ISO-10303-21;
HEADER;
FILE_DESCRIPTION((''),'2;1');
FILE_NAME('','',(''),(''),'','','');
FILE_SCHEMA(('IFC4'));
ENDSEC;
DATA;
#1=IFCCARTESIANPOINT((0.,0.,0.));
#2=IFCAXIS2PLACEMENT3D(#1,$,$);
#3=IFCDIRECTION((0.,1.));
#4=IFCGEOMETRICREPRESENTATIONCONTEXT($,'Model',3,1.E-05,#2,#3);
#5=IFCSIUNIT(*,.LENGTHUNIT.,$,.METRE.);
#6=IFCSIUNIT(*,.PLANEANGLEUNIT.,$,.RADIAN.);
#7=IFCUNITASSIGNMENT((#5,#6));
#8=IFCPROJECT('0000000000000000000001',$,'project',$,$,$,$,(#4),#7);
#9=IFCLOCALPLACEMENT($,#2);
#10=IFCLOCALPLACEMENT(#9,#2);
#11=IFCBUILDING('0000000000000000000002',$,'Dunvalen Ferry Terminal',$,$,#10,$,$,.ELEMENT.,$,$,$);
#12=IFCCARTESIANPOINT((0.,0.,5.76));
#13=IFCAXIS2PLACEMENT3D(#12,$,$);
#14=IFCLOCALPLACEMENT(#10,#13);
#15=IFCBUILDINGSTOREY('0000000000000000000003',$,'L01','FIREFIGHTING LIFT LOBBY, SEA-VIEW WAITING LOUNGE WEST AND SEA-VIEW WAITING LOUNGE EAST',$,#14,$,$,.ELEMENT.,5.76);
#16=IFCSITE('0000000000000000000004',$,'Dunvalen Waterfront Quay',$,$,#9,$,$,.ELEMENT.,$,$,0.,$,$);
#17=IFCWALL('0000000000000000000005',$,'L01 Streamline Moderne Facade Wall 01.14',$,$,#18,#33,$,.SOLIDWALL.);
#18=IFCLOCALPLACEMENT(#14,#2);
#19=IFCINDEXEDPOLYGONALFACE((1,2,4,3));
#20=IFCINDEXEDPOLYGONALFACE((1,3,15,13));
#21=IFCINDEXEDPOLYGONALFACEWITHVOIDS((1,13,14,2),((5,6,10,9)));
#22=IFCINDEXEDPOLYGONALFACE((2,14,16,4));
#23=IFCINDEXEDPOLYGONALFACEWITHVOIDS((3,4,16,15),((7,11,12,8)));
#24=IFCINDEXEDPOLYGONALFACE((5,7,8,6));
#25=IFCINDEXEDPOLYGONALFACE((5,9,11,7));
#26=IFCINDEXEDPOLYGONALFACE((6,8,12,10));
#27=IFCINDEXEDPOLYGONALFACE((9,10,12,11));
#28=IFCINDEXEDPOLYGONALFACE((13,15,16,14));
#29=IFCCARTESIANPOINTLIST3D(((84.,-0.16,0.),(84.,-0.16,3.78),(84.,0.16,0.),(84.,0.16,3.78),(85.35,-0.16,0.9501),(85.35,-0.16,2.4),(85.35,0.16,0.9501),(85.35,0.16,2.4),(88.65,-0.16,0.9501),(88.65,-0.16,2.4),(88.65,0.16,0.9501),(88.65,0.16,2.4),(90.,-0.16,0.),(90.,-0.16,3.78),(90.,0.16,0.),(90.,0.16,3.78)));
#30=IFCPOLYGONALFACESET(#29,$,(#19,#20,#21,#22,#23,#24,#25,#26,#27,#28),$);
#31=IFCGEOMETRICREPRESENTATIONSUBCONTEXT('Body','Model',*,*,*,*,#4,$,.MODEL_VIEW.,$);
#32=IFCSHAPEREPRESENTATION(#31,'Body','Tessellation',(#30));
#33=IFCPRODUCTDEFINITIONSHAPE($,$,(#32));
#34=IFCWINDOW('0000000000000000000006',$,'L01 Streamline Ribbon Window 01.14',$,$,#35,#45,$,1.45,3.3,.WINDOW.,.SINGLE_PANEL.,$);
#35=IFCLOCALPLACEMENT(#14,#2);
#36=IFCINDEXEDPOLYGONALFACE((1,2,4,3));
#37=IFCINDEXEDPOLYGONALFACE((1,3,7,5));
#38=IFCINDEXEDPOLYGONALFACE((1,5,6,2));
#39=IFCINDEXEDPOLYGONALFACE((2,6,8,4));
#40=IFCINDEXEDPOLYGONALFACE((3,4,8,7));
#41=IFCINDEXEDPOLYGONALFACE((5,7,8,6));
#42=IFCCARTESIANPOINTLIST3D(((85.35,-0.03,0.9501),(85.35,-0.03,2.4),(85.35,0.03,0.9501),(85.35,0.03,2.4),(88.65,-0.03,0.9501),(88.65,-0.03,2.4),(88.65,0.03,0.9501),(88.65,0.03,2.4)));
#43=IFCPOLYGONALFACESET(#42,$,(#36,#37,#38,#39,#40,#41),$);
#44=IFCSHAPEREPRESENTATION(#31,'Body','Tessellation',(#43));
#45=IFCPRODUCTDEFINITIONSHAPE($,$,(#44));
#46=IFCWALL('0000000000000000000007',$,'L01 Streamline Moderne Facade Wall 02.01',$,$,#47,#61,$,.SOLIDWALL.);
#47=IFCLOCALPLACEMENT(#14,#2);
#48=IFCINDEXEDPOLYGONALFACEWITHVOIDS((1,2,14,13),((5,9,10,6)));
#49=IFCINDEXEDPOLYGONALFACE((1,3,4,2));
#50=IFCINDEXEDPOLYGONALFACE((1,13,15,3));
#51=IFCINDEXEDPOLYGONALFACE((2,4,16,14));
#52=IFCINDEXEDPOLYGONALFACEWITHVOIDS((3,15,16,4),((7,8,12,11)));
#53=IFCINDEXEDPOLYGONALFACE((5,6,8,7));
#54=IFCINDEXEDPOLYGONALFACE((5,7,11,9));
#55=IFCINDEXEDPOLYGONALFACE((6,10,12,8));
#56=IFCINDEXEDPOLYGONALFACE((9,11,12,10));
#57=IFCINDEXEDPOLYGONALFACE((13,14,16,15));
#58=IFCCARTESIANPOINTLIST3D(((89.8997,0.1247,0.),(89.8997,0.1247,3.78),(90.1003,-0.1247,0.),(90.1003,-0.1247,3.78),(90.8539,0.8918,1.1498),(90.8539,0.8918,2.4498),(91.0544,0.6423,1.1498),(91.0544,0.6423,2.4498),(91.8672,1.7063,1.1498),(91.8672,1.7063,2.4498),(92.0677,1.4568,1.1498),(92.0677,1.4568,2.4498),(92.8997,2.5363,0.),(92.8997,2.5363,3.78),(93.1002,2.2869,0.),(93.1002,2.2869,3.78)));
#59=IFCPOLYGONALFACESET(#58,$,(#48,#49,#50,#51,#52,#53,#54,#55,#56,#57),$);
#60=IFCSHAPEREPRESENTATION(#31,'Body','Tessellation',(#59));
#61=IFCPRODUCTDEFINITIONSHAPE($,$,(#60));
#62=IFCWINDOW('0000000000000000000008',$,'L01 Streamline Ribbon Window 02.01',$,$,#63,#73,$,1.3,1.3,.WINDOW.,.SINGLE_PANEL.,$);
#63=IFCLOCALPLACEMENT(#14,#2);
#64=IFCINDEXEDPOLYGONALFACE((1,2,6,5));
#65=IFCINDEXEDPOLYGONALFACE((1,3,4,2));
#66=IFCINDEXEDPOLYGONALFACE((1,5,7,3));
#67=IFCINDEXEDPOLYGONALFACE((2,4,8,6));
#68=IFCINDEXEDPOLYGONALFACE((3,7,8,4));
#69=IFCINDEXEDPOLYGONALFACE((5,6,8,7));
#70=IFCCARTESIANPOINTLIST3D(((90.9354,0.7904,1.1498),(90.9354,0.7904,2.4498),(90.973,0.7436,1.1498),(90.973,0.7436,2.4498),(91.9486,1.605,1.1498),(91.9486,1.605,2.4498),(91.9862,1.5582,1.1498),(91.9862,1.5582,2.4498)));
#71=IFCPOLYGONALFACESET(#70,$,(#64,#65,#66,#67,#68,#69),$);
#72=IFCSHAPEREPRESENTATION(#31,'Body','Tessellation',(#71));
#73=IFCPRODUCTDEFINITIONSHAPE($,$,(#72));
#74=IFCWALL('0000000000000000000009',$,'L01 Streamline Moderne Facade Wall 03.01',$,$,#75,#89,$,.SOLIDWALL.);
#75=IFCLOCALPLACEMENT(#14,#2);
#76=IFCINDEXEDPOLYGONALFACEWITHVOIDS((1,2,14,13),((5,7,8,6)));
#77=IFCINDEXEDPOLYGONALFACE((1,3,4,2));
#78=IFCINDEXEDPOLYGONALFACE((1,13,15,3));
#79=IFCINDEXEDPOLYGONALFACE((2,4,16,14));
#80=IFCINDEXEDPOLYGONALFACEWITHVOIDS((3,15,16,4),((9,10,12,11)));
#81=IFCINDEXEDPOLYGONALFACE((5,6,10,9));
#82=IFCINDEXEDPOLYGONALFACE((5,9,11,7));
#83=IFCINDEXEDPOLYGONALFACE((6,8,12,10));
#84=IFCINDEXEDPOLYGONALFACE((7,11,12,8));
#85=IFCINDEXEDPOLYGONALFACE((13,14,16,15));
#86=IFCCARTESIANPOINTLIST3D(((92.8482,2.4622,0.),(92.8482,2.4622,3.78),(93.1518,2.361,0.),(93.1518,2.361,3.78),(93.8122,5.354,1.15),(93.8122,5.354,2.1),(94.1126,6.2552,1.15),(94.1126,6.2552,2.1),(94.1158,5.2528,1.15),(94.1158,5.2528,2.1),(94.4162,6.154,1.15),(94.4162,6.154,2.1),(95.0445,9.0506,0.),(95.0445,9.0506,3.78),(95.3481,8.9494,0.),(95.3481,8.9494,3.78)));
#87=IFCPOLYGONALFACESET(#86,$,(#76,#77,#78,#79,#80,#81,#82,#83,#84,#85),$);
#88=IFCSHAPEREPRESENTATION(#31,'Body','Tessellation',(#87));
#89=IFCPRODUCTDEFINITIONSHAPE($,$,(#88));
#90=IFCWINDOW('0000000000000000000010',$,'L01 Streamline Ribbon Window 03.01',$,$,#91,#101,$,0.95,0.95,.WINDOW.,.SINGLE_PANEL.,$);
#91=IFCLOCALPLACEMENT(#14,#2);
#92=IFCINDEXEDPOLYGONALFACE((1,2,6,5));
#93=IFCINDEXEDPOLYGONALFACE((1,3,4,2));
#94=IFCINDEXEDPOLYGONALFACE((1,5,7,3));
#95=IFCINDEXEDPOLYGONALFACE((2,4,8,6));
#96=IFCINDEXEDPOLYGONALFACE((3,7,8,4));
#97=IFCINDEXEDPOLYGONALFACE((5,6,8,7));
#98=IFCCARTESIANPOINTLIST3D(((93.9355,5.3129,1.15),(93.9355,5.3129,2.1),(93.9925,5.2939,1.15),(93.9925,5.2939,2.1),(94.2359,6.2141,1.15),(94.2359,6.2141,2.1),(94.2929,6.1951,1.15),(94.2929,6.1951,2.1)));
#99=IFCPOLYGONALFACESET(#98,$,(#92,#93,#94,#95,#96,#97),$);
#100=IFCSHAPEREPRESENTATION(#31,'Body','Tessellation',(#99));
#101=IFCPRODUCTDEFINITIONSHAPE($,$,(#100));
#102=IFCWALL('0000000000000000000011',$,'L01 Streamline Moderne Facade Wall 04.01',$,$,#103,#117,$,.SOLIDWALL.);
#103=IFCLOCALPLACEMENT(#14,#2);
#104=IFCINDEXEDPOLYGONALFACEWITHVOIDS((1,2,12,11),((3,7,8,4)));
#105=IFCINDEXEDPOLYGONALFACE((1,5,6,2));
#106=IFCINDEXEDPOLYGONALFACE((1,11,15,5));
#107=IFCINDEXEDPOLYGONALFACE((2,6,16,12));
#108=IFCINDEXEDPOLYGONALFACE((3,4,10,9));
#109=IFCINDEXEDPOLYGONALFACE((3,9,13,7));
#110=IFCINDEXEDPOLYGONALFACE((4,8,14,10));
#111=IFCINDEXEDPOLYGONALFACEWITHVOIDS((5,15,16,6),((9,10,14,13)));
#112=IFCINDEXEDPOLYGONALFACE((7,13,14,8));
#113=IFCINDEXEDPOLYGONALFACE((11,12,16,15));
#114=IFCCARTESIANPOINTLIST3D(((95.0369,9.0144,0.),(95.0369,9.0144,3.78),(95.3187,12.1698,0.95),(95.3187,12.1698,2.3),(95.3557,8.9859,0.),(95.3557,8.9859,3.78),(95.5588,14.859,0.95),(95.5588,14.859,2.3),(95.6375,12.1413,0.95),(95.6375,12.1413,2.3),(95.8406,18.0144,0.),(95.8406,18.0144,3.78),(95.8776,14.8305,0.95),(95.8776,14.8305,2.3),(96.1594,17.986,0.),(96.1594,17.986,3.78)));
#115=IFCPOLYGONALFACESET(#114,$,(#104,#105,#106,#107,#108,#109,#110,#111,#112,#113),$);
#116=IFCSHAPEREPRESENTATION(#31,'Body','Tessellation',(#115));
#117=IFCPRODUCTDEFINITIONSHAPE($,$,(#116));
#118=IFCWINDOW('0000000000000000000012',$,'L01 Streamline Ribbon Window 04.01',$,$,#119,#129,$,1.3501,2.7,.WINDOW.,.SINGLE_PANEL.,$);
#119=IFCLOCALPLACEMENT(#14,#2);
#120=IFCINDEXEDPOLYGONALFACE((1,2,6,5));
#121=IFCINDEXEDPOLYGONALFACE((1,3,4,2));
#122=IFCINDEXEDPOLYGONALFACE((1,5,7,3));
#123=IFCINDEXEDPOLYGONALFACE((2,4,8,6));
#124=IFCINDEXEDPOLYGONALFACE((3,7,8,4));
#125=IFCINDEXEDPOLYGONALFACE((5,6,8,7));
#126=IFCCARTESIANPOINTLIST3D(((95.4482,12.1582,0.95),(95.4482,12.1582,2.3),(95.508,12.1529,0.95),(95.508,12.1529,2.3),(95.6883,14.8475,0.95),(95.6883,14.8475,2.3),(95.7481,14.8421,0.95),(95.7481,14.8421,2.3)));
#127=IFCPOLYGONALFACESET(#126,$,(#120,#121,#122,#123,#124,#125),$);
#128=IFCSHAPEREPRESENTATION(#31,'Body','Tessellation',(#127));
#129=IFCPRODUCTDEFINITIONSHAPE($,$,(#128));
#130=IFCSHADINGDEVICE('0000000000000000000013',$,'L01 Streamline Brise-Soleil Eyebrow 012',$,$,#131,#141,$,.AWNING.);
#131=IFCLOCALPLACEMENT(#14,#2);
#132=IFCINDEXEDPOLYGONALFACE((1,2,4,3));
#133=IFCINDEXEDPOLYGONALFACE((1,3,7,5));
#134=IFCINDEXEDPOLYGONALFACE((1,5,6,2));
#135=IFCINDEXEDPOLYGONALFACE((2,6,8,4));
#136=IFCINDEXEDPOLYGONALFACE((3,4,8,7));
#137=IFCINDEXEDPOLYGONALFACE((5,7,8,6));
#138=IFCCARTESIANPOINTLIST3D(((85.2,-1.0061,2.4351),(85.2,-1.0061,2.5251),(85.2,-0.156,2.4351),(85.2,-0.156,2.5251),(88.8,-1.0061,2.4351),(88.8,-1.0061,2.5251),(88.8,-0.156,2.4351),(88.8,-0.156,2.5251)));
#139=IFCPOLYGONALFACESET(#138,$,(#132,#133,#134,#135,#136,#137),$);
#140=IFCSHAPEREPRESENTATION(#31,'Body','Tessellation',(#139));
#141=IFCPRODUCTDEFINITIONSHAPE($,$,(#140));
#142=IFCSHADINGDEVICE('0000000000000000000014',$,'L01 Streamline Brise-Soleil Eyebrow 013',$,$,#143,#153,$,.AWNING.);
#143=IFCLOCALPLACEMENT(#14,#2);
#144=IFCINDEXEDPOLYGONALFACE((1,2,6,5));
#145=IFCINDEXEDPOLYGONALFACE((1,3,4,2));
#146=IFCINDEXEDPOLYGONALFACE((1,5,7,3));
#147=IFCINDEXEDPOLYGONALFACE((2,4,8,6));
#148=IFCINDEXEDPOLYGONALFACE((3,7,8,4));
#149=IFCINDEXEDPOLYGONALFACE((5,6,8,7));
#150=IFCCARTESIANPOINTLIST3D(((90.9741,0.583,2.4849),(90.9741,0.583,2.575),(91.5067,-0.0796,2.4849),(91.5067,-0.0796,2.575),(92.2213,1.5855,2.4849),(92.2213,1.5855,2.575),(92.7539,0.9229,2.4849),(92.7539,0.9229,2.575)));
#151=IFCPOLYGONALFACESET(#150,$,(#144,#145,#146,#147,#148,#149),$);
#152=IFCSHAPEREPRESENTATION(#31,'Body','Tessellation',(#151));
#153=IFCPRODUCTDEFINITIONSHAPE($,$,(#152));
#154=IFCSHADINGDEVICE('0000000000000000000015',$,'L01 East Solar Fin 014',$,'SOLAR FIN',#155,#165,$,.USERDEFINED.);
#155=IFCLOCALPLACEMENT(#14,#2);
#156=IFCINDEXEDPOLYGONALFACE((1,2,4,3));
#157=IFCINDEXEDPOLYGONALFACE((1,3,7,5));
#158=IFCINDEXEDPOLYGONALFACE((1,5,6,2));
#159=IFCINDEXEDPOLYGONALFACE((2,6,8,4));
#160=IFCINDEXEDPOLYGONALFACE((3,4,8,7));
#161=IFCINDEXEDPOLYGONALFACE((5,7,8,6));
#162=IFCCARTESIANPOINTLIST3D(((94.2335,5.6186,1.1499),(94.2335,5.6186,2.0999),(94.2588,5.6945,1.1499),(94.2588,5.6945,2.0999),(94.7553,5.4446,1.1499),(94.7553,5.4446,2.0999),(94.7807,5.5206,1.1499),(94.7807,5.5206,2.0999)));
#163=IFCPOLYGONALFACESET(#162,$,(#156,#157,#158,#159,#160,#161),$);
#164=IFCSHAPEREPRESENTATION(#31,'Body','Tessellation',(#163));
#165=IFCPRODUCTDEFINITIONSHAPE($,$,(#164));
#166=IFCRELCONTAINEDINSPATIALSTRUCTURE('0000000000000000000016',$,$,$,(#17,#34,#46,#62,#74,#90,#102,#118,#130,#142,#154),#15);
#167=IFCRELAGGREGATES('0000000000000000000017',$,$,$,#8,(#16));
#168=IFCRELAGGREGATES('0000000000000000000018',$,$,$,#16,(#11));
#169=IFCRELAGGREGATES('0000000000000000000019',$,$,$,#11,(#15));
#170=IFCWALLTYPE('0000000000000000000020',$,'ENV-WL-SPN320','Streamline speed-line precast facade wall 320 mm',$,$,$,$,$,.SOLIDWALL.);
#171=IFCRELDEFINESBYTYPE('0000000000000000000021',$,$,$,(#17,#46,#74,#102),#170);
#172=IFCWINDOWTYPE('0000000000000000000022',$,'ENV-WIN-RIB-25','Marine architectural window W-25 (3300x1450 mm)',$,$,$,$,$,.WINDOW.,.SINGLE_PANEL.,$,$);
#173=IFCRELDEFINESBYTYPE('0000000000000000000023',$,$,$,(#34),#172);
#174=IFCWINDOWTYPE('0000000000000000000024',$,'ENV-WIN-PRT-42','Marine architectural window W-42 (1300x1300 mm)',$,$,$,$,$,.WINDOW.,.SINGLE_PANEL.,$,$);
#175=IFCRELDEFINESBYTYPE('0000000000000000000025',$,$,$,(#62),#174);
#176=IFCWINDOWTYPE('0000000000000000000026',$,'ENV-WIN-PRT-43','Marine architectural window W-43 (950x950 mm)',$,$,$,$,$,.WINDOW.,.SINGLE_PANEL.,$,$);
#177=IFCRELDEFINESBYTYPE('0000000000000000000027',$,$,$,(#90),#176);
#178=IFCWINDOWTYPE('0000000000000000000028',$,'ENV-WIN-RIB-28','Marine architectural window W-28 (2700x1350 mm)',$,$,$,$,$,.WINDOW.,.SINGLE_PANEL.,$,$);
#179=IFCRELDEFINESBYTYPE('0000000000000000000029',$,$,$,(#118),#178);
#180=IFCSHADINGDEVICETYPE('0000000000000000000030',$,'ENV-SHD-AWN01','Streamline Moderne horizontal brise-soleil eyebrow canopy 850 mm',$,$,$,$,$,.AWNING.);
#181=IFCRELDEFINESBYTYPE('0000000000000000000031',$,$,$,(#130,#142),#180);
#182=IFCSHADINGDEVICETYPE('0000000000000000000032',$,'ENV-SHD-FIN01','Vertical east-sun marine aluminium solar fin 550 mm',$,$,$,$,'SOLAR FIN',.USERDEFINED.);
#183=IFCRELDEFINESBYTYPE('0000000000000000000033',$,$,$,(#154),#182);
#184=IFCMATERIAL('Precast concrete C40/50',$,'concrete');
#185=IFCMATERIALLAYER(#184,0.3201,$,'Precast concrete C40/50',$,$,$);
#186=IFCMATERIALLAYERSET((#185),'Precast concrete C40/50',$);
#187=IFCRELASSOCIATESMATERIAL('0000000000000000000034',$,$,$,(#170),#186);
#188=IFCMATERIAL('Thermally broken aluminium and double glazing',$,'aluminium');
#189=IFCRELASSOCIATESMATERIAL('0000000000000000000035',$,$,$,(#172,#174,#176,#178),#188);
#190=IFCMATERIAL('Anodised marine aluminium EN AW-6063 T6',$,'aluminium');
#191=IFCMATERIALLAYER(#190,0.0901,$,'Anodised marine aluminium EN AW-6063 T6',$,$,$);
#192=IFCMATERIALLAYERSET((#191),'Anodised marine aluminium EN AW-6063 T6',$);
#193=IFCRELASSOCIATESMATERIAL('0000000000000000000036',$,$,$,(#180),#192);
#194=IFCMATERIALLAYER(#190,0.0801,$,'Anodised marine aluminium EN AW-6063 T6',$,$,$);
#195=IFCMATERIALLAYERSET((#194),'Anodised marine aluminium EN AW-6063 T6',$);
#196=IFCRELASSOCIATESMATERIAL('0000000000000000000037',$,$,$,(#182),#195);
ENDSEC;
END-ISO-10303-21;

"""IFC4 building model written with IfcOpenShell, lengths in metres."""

from ifc_helpers import new_model, si_unit, direction, frame, frame_2d, origin, origin_2d, place, context, subcontext, project, spatial, rectangle, extrude, material, layer, layer_set, type_object, element, fill, save


model = new_model("IFC4")

# Units and contexts
model_context = context("Model", 3, precision=1e-05, world=origin(), true_north=direction((0.0, 1.0)))
body_context = subcontext(model_context, "Body", "Model", "MODEL_VIEW")
ifc_project = project(units=[si_unit("LENGTHUNIT", "METRE"), si_unit("PLANEANGLEUNIT", "RADIAN")], contexts=[model_context])

# Site, building, storey
site_placement = place(None, origin())
site = spatial("IfcSite", under=ifc_project, at=site_placement, Name="Dunvalen Waterfront Quay", CompositionType="ELEMENT", RefElevation=0.0)
building_placement = place(site_placement, origin())
building = spatial("IfcBuilding", under=site, at=building_placement, Name="Dunvalen Ferry Terminal", CompositionType="ELEMENT")
storey_placement = place(building_placement, frame((0.0, 0.0, 5.76)))
storey = spatial("IfcBuildingStorey", under=building, at=storey_placement, Name="L01", Description="FIREFIGHTING LIFT LOBBY, SEA-VIEW WAITING LOUNGE WEST AND SEA-VIEW WAITING LOUNGE EAST", CompositionType="ELEMENT", Elevation=5.76)

# Walls, openings, windows
ifc_material_1 = material(Name="Precast concrete C40/50", Category="concrete")
ifc_layer_1 = layer(ifc_material_1, 0.3201, Name="Precast concrete C40/50")
ifc_layer_set_1 = layer_set([ifc_layer_1], Name="Precast concrete C40/50")
wall_type = type_object("IfcWallType", Name="ENV-WL-SPN320", Description="Streamline speed-line precast facade wall 320 mm", PredefinedType="SOLIDWALL", material=ifc_layer_set_1)
wall_1_placement = place(storey_placement, frame((84.0, 0.0, 0.0), z_axis=(0.0, 0.0, 1.0), x_axis=(1.0, 0.0, 0.0)))
wall_1 = element("IfcWall", 1, at=wall_1_placement, inside=storey, type_object=wall_type, Name="L01 Streamline Moderne Facade Wall 01.14", PredefinedType="SOLIDWALL", context=body_context, shape_type="SweptSolid", body=[
    extrude(rectangle(XDim=6.0, YDim=0.3201, at=frame_2d((3.0, 0.0))), origin(), (0.0, 0.0, 1.0), 3.78),
])
opening_1_placement = place(wall_1_placement, frame((1.3501, 0.0, 0.95)))
opening_1 = element("IfcOpeningElement", 2, at=opening_1_placement, cuts=wall_1, PredefinedType="OPENING", context=body_context, shape_type="SweptSolid", body=[
    extrude(rectangle(XDim=3.3, YDim=1.45, at=frame_2d((1.6499, 0.7251))), frame((0.0, 0.1699, 0.0), z_axis=(0.0, -1.0, 0.0), x_axis=(1.0, 0.0, 0.0)), (0.0, 0.0, 1.0), 0.3401),
])
ifc_material_2 = material(Name="Thermally broken aluminium and double glazing", Category="aluminium")
window_type_1 = type_object("IfcWindowType", Name="ENV-WIN-RIB-25", Description="Marine architectural window W-25 (3300x1450 mm)", PartitioningType="SINGLE_PANEL", PredefinedType="WINDOW", material=ifc_material_2)
window_1_placement = place(opening_1_placement, origin())
window_1 = element("IfcWindow", 3, at=window_1_placement, inside=storey, type_object=window_type_1, Name="L01 Streamline Ribbon Window 01.14", OverallHeight=1.45, OverallWidth=3.3, PartitioningType="SINGLE_PANEL", PredefinedType="WINDOW", context=body_context, shape_type="SweptSolid", body=[
    extrude(rectangle(XDim=3.3, YDim=1.45, at=frame_2d((1.6499, 0.7251))), frame((0.0, 0.03, 0.0), z_axis=(0.0, -1.0, 0.0), x_axis=(1.0, 0.0, 0.0)), (0.0, 0.0, 1.0), 0.0601),
])
fill(opening_1, window_1)
wall_2_placement = place(storey_placement, frame((90.0, 0.0, 0.0), z_axis=(0.0, 0.0, 1.0), x_axis=(0.779394, 0.626534, 0.0)))
wall_2 = element("IfcWall", 4, at=wall_2_placement, inside=storey, type_object=wall_type, Name="L01 Streamline Moderne Facade Wall 02.01", PredefinedType="SOLIDWALL", context=body_context, shape_type="SweptSolid", body=[
    extrude(rectangle(XDim=3.8491, YDim=0.3201, at=frame_2d((1.9246, 0.0))), origin(), (0.0, 0.0, 1.0), 3.78),
])
opening_2_placement = place(wall_2_placement, frame((1.2244, 0.0, 1.1499)))
opening_2 = element("IfcOpeningElement", 5, at=opening_2_placement, cuts=wall_2, PredefinedType="OPENING", context=body_context, shape_type="SweptSolid", body=[
    extrude(rectangle(XDim=1.3, YDim=1.3, at=frame_2d((0.6499, 0.6499))), frame((0.0, 0.1699, 0.0), z_axis=(0.0, -1.0, 0.0), x_axis=(1.0, 0.0, 0.0)), (0.0, 0.0, 1.0), 0.3401),
])
window_type_2 = type_object("IfcWindowType", Name="ENV-WIN-PRT-42", Description="Marine architectural window W-42 (1300x1300 mm)", PartitioningType="SINGLE_PANEL", PredefinedType="WINDOW", material=ifc_material_2)
window_2_placement = place(opening_2_placement, origin())
window_2 = element("IfcWindow", 6, at=window_2_placement, inside=storey, type_object=window_type_2, Name="L01 Streamline Ribbon Window 02.01", OverallHeight=1.3, OverallWidth=1.3, PartitioningType="SINGLE_PANEL", PredefinedType="WINDOW", context=body_context, shape_type="SweptSolid", body=[
    extrude(rectangle(XDim=1.3, YDim=1.3, at=frame_2d((0.6499, 0.6499))), frame((0.0, 0.03, 0.0), z_axis=(0.0, -1.0, 0.0), x_axis=(1.0, 0.0, 0.0)), (0.0, 0.0, 1.0), 0.0601),
])
fill(opening_2, window_2)
wall_3_placement = place(storey_placement, frame((93.0, 2.4116, 0.0), z_axis=(0.0, 0.0, 1.0), x_axis=(0.316249, 0.948676, 0.0)))
wall_3 = element("IfcWall", 7, at=wall_3_placement, inside=storey, type_object=wall_type, Name="L01 Streamline Moderne Facade Wall 03.01", PredefinedType="SOLIDWALL", context=body_context, shape_type="SweptSolid", body=[
    extrude(rectangle(XDim=6.9448, YDim=0.3201, at=frame_2d((3.4724, 0.0))), origin(), (0.0, 0.0, 1.0), 3.78),
])
opening_3_placement = place(wall_3_placement, frame((3.0481, 0.0, 1.1499)))
opening_3 = element("IfcOpeningElement", 8, at=opening_3_placement, cuts=wall_3, PredefinedType="OPENING", context=body_context, shape_type="SweptSolid", body=[
    extrude(rectangle(XDim=0.95, YDim=0.95, at=frame_2d((0.4751, 0.4751))), frame((0.0, 0.1699, 0.0), z_axis=(0.0, -1.0, 0.0), x_axis=(1.0, 0.0, 0.0)), (0.0, 0.0, 1.0), 0.3401),
])
window_type_3 = type_object("IfcWindowType", Name="ENV-WIN-PRT-43", Description="Marine architectural window W-43 (950x950 mm)", PartitioningType="SINGLE_PANEL", PredefinedType="WINDOW", material=ifc_material_2)
window_3_placement = place(opening_3_placement, origin())
window_3 = element("IfcWindow", 9, at=window_3_placement, inside=storey, type_object=window_type_3, Name="L01 Streamline Ribbon Window 03.01", OverallHeight=0.95, OverallWidth=0.95, PartitioningType="SINGLE_PANEL", PredefinedType="WINDOW", context=body_context, shape_type="SweptSolid", body=[
    extrude(rectangle(XDim=0.95, YDim=0.95, at=frame_2d((0.4751, 0.4751))), frame((0.0, 0.03, 0.0), z_axis=(0.0, -1.0, 0.0), x_axis=(1.0, 0.0, 0.0)), (0.0, 0.0, 1.0), 0.0601),
])
fill(opening_3, window_3)
wall_4_placement = place(storey_placement, frame((95.1963, 9.0, 0.0), z_axis=(0.0, 0.0, 1.0), x_axis=(0.088947, 0.996036, 0.0)))
wall_4 = element("IfcWall", 10, at=wall_4_placement, inside=storey, type_object=wall_type, Name="L01 Streamline Moderne Facade Wall 04.01", PredefinedType="SOLIDWALL", context=body_context, shape_type="SweptSolid", body=[
    extrude(rectangle(XDim=9.0359, YDim=0.3201, at=frame_2d((4.5181, 0.0))), origin(), (0.0, 0.0, 1.0), 3.78),
])
opening_4_placement = place(wall_4_placement, frame((3.168, 0.0, 0.95)))
opening_4 = element("IfcOpeningElement", 11, at=opening_4_placement, cuts=wall_4, PredefinedType="OPENING", context=body_context, shape_type="SweptSolid", body=[
    extrude(rectangle(XDim=2.7, YDim=1.3501, at=frame_2d((1.3501, 0.675))), frame((0.0, 0.1699, 0.0), z_axis=(0.0, -1.0, 0.0), x_axis=(1.0, 0.0, 0.0)), (0.0, 0.0, 1.0), 0.3401),
])
window_type_4 = type_object("IfcWindowType", Name="ENV-WIN-RIB-28", Description="Marine architectural window W-28 (2700x1350 mm)", PartitioningType="SINGLE_PANEL", PredefinedType="WINDOW", material=ifc_material_2)
window_4_placement = place(opening_4_placement, origin())
window_4 = element("IfcWindow", 12, at=window_4_placement, inside=storey, type_object=window_type_4, Name="L01 Streamline Ribbon Window 04.01", OverallHeight=1.3501, OverallWidth=2.7, PartitioningType="SINGLE_PANEL", PredefinedType="WINDOW", context=body_context, shape_type="SweptSolid", body=[
    extrude(rectangle(XDim=2.7, YDim=1.3501, at=frame_2d((1.3501, 0.675))), frame((0.0, 0.03, 0.0), z_axis=(0.0, -1.0, 0.0), x_axis=(1.0, 0.0, 0.0)), (0.0, 0.0, 1.0), 0.0601),
])
fill(opening_4, window_4)

# Shading devices
ifc_material_3 = material(Name="Anodised marine aluminium EN AW-6063 T6", Category="aluminium")
ifc_layer_2 = layer(ifc_material_3, 0.0901, Name="Anodised marine aluminium EN AW-6063 T6")
ifc_layer_set_2 = layer_set([ifc_layer_2], Name="Anodised marine aluminium EN AW-6063 T6")
shading_device_type_1 = type_object("IfcShadingDeviceType", Name="ENV-SHD-AWN01", Description="Streamline Moderne horizontal brise-soleil eyebrow canopy 850 mm", PredefinedType="AWNING", material=ifc_layer_set_2)
shading_device_1_placement = place(storey_placement, frame((87.0, -0.5811, 2.4351), z_axis=(0.0, 0.0, 1.0), x_axis=(1.0, 0.0, 0.0)))
element("IfcShadingDevice", 13, at=shading_device_1_placement, inside=storey, type_object=shading_device_type_1, Name="L01 Streamline Brise-Soleil Eyebrow 012", PredefinedType="AWNING", context=body_context, shape_type="SweptSolid", body=[
    extrude(rectangle(XDim=3.6001, YDim=0.8501, at=origin_2d()), origin(), (0.0, 0.0, 1.0), 0.0901),
])
shading_device_2_placement = place(storey_placement, frame((91.864, 0.7529, 2.4849), z_axis=(0.0, 0.0, 1.0), x_axis=(0.779409, 0.626515, 0.0)))
element("IfcShadingDevice", 14, at=shading_device_2_placement, inside=storey, type_object=shading_device_type_1, Name="L01 Streamline Brise-Soleil Eyebrow 013", PredefinedType="AWNING", context=body_context, shape_type="SweptSolid", body=[
    extrude(rectangle(XDim=1.6001, YDim=0.8501, at=origin_2d()), origin(), (0.0, 0.0, 1.0), 0.0901),
])
ifc_layer_3 = layer(ifc_material_3, 0.0801, Name="Anodised marine aluminium EN AW-6063 T6")
ifc_layer_set_3 = layer_set([ifc_layer_3], Name="Anodised marine aluminium EN AW-6063 T6")
shading_device_type_2 = type_object("IfcShadingDeviceType", Name="ENV-SHD-FIN01", Description="Vertical east-sun marine aluminium solar fin 550 mm", ElementType="SOLAR FIN", PredefinedType="USERDEFINED", material=ifc_layer_set_3)
shading_device_3_placement = place(storey_placement, frame((94.5071, 5.5696, 1.1499), z_axis=(0.0, 0.0, 1.0), x_axis=(0.316232, 0.948682, 0.0)))
element("IfcShadingDevice", 15, at=shading_device_3_placement, inside=storey, type_object=shading_device_type_2, Name="L01 East Solar Fin 014", ObjectType="SOLAR FIN", PredefinedType="USERDEFINED", context=body_context, shape_type="SweptSolid", body=[
    extrude(rectangle(XDim=0.0801, YDim=0.55, at=origin_2d()), origin(), (0.0, 0.0, 1.0), 0.95),
])

save(model, "model.ifc")
